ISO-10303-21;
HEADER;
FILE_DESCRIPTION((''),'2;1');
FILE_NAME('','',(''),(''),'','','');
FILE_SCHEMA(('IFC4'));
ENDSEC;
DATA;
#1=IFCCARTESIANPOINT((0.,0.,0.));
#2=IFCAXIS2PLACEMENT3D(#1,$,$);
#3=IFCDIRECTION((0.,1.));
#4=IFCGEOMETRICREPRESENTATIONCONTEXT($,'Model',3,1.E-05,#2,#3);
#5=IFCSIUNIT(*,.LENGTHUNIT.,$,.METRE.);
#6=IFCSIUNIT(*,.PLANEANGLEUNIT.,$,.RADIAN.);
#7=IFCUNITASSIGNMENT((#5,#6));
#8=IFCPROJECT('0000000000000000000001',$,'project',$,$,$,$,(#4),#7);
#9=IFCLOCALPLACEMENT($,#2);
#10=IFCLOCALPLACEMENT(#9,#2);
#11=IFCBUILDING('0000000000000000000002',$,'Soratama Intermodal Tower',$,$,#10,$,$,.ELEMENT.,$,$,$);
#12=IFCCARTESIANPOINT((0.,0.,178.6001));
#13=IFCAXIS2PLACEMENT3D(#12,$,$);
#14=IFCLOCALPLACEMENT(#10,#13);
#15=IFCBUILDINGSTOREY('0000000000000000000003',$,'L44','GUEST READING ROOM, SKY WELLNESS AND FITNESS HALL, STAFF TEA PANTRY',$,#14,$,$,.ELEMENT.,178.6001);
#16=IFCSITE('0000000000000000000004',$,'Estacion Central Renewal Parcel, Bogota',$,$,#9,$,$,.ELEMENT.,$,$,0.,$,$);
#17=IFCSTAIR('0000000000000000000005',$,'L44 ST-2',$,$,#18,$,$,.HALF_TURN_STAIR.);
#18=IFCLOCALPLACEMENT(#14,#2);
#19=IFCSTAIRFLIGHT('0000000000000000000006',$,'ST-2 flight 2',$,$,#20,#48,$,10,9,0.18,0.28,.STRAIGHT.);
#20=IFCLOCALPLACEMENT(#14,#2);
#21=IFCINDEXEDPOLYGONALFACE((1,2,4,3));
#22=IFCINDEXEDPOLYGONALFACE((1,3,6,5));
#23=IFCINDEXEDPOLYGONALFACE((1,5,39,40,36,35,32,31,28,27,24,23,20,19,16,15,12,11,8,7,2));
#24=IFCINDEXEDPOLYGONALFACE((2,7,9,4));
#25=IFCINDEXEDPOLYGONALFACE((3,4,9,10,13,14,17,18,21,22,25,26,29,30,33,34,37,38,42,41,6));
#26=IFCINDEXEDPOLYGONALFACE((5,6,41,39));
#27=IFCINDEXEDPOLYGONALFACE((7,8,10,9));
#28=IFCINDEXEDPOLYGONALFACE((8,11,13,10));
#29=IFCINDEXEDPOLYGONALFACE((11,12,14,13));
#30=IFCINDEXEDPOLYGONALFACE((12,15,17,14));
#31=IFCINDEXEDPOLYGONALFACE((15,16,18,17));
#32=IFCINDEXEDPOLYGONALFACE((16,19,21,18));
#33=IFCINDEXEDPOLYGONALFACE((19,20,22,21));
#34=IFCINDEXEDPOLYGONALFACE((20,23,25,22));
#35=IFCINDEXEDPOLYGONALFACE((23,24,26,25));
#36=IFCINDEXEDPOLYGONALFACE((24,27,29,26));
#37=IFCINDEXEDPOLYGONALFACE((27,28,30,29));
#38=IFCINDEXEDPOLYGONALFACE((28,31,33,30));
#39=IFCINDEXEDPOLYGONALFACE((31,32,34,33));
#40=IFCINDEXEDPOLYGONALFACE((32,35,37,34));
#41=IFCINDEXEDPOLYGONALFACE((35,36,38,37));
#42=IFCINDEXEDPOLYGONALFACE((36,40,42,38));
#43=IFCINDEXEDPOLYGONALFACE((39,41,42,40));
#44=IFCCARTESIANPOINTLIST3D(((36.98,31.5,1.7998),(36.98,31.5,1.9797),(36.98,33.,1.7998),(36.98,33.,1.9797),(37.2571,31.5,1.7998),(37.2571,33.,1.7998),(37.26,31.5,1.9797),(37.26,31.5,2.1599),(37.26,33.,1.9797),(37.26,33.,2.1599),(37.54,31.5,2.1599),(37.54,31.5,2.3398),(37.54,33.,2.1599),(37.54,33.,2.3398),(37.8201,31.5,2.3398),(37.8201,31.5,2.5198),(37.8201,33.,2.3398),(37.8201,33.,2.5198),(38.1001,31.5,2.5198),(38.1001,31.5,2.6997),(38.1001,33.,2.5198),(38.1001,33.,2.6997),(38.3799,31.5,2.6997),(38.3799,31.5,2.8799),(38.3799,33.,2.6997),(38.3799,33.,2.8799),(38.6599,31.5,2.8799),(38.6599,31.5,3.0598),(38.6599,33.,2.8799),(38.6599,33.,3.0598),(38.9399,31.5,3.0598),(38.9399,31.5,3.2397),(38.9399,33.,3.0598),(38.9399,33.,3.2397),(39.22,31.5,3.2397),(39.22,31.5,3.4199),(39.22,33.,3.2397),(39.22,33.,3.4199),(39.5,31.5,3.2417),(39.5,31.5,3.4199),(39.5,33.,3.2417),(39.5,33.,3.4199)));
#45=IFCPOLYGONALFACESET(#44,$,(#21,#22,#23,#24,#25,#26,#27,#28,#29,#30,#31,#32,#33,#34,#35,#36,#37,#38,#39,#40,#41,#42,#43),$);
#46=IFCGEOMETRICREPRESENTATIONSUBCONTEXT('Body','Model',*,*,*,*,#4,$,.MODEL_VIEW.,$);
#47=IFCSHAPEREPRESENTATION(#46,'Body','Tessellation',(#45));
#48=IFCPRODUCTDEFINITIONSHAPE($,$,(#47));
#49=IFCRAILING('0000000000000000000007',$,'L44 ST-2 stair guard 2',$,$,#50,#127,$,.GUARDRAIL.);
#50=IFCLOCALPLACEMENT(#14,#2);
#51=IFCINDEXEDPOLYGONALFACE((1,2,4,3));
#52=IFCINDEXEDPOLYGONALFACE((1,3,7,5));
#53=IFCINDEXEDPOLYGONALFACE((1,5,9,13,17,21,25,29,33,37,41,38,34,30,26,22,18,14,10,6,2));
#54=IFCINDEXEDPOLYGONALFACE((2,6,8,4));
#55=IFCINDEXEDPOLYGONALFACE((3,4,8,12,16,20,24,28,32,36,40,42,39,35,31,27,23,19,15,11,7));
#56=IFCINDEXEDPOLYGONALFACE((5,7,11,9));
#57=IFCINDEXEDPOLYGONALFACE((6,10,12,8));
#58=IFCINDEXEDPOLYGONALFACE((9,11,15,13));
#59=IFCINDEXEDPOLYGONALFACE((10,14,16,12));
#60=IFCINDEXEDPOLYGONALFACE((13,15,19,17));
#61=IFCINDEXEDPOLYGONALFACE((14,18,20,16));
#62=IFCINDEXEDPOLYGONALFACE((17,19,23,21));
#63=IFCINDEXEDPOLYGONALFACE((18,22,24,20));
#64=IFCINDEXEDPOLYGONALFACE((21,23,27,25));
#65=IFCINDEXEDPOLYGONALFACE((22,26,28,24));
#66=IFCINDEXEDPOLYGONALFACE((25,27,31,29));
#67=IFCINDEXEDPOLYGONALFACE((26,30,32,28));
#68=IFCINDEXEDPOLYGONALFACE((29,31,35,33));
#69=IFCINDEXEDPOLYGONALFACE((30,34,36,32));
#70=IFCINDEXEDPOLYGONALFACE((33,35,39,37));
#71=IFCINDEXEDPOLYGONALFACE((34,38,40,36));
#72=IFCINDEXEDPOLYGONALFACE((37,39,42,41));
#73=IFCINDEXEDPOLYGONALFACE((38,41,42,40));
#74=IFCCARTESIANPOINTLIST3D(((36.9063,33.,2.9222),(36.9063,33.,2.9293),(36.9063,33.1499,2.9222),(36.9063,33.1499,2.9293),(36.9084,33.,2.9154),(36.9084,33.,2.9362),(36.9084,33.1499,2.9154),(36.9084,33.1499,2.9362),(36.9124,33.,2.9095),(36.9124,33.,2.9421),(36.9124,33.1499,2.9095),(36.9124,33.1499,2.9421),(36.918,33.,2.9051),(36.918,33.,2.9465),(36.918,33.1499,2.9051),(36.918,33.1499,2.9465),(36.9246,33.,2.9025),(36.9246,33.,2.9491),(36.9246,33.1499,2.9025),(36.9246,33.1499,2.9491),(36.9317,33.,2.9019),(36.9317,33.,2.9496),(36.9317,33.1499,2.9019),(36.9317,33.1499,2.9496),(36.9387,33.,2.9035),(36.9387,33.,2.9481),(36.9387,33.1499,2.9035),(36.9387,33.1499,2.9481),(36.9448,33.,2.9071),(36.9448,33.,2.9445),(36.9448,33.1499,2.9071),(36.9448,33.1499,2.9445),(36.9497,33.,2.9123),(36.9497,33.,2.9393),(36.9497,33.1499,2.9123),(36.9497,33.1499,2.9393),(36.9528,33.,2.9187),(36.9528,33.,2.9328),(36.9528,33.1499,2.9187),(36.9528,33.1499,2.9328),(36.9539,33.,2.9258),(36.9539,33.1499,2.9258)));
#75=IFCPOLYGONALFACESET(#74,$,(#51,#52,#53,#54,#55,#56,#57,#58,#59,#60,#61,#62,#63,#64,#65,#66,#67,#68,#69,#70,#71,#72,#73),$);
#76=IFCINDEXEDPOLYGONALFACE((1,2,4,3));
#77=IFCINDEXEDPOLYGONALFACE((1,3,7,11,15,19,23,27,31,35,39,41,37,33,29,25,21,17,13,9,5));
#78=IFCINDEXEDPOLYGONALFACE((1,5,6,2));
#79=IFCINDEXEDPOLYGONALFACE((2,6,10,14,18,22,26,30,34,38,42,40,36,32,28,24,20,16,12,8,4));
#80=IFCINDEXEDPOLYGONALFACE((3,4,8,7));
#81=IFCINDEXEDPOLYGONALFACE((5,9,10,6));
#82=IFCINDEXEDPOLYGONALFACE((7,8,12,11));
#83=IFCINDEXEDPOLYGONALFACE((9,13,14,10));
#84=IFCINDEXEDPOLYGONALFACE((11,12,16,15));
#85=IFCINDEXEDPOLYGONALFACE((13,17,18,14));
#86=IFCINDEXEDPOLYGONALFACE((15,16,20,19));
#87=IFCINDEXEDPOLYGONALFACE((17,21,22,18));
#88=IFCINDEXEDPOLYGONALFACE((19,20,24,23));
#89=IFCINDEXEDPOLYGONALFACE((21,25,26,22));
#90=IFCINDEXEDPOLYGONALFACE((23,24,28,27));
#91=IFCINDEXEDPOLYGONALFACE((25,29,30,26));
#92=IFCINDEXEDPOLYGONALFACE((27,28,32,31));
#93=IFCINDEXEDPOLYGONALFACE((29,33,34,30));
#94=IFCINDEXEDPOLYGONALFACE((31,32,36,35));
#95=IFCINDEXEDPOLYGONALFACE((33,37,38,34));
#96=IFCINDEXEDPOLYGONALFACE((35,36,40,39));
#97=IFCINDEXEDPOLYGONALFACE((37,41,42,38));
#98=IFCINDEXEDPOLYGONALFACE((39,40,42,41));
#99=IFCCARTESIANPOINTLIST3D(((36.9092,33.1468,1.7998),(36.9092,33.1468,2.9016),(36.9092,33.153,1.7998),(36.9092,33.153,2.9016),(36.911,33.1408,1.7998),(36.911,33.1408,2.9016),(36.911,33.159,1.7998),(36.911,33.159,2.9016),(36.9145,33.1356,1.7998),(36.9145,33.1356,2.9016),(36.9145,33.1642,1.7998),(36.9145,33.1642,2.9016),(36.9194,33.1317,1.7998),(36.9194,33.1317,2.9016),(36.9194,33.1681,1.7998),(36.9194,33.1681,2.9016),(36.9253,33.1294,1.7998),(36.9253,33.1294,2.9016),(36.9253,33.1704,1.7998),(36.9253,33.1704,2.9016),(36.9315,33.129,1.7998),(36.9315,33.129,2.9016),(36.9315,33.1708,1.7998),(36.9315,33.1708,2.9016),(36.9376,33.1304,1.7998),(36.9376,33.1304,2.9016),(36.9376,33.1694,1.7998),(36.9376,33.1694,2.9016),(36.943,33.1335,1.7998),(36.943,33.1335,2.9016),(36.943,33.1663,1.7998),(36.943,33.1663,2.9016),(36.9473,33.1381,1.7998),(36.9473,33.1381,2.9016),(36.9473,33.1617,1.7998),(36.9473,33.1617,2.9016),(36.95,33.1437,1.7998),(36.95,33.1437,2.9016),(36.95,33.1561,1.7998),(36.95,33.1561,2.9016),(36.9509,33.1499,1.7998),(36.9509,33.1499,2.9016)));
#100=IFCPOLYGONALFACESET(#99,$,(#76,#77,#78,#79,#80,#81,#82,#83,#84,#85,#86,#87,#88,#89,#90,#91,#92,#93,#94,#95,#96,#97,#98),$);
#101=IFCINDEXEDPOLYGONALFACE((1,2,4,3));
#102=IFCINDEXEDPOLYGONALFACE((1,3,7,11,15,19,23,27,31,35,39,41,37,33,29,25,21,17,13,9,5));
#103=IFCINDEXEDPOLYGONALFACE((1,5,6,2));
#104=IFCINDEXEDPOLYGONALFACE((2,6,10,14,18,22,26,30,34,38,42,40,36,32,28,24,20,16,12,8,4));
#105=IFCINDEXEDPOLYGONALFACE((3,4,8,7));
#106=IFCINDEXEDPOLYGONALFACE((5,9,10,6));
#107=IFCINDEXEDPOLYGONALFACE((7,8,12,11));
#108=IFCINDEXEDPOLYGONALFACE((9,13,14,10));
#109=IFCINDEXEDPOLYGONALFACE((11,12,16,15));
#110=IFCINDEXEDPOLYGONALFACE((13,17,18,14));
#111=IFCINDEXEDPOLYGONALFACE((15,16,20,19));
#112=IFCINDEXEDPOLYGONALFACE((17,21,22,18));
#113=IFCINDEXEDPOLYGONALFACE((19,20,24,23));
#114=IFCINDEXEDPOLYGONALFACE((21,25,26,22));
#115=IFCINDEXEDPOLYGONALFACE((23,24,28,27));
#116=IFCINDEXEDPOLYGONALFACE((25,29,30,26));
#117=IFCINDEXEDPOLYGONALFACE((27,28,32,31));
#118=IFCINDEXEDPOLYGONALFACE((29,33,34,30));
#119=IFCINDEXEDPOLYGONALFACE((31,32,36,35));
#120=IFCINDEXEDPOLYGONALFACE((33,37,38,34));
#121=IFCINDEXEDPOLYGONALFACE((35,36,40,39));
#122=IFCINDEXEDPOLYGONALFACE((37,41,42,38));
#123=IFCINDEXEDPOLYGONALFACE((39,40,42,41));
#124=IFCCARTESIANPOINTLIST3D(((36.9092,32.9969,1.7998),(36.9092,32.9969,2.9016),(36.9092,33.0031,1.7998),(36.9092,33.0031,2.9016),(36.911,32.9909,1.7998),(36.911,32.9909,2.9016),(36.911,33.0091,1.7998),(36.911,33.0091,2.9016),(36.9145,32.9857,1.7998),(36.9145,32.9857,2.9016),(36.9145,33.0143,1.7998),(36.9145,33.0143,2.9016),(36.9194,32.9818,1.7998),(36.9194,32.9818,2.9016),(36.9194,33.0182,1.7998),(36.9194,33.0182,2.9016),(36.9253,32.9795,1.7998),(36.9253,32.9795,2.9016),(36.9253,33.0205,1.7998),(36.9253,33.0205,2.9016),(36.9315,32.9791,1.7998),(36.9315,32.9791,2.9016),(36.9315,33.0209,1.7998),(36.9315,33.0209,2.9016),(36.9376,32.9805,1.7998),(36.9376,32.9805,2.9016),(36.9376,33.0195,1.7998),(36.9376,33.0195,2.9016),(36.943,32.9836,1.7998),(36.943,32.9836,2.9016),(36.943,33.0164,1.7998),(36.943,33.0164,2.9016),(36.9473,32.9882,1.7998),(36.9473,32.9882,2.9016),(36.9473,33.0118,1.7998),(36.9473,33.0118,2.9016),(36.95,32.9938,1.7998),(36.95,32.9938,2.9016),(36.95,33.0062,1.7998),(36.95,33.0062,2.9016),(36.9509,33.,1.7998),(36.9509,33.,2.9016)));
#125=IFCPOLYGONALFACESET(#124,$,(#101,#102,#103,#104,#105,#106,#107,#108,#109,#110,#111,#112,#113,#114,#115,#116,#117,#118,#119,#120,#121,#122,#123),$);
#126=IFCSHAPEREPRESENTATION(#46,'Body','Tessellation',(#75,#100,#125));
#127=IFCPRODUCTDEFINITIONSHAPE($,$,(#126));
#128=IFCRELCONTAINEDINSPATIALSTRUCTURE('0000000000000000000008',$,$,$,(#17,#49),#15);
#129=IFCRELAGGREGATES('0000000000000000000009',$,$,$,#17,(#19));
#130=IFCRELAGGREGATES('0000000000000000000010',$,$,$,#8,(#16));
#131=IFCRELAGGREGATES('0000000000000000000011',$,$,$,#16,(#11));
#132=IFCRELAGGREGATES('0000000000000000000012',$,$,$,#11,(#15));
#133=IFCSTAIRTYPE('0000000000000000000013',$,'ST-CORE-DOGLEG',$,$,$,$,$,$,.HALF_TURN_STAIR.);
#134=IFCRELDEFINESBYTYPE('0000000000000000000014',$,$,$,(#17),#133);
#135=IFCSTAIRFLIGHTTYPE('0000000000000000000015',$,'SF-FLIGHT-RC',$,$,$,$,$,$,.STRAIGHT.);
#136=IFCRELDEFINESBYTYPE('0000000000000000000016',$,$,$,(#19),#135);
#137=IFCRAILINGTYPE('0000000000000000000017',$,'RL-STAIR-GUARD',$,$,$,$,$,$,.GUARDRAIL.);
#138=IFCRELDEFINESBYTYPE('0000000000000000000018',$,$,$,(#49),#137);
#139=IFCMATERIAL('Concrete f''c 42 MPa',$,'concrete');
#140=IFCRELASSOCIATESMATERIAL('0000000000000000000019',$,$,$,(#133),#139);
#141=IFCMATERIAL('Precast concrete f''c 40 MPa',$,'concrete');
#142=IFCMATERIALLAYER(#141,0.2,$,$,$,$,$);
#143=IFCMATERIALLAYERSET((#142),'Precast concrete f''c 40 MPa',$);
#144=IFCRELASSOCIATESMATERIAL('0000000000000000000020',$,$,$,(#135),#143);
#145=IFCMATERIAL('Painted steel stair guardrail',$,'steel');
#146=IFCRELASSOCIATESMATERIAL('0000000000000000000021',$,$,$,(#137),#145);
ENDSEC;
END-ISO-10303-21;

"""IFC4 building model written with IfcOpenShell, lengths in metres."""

from ifc_helpers import new_model, si_unit, direction, frame, origin, origin_2d, place, context, subcontext, project, spatial, polyline, circle, outline, extrude, material, layer, layer_set, type_object, element, aggregate, save


model = new_model("IFC4")

# Units and contexts
model_context = context("Model", 3, precision=1e-05, world=origin(), true_north=direction((0.0, 1.0)))
body_context = subcontext(model_context, "Body", "Model", "MODEL_VIEW")
ifc_project = project(units=[si_unit("LENGTHUNIT", "METRE"), si_unit("PLANEANGLEUNIT", "RADIAN")], contexts=[model_context])

# Site, building, storey
site_placement = place(None, origin())
site = spatial("IfcSite", under=ifc_project, at=site_placement, Name="Estacion Central Renewal Parcel, Bogota", CompositionType="ELEMENT", RefElevation=0.0)
building_placement = place(site_placement, origin())
building = spatial("IfcBuilding", under=site, at=building_placement, Name="Soratama Intermodal Tower", CompositionType="ELEMENT")
storey_placement = place(building_placement, frame((0.0, 0.0, 178.6001)))
storey = spatial("IfcBuildingStorey", under=building, at=storey_placement, Name="L44", Description="GUEST READING ROOM, SKY WELLNESS AND FITNESS HALL, STAFF TEA PANTRY", CompositionType="ELEMENT", Elevation=178.6001)

# Stair, stair flight
ifc_material_1 = material(Name="Concrete f'c 42 MPa", Category="concrete")
stair_type = type_object("IfcStairType", Name="ST-CORE-DOGLEG", PredefinedType="HALF_TURN_STAIR", material=ifc_material_1)
stair_placement = place(storey_placement, origin())
stair = element("IfcStair", 1, at=stair_placement, inside=storey, type_object=stair_type, Name="L44 ST-2", PredefinedType="HALF_TURN_STAIR")
ifc_material_2 = material(Name="Precast concrete f'c 40 MPa", Category="concrete")
ifc_layer_1 = layer(ifc_material_2, 0.2)
ifc_layer_set_1 = layer_set([ifc_layer_1], Name="Precast concrete f'c 40 MPa")
stair_flight_type = type_object("IfcStairFlightType", Name="SF-FLIGHT-RC", PredefinedType="STRAIGHT", material=ifc_layer_set_1)
stair_flight_placement = place(storey_placement, frame((36.98, 32.25, 1.7998), z_axis=(0.0, 0.0, 1.0), x_axis=(1.0, 0.0, 0.0)))
stair_flight = element("IfcStairFlight", 2, at=stair_flight_placement, type_object=stair_flight_type, Name="ST-2 flight 2", NumberOfRisers=10, NumberOfTreads=9, PredefinedType="STRAIGHT", RiserHeight=0.18, TreadLength=0.28, context=body_context, shape_type="SweptSolid", body=[
    extrude(outline(polyline([(0.0, 0.0), (0.0, 0.1799), (0.28, 0.1799), (0.28, 0.3601), (0.5601, 0.3601), (0.5601, 0.54), (0.8401, 0.54), (0.8401, 0.72), (1.1201, 0.72), (1.1201, 0.8999), (1.3999, 0.8999), (1.3999, 1.0801), (1.6799, 1.0801), (1.6799, 1.26), (1.96, 1.26), (1.96, 1.4399), (2.24, 1.4399), (2.24, 1.6201), (2.52, 1.6201), (2.52, 1.8), (2.52, 1.4419), (0.2771, 0.0), (0.0, 0.0)])), frame((0.0, 0.75, 0.0), z_axis=(0.0, -1.0, 0.0), x_axis=(1.0, 0.0, 0.0)), (0.0, 0.0, 1.0), 1.5),
])
aggregate(stair, [stair_flight])

# Railing
ifc_material_3 = material(Name="Painted steel stair guardrail", Category="steel")
railing_type_1 = type_object("IfcRailingType", Name="RL-STAIR-GUARD", PredefinedType="GUARDRAIL", material=ifc_material_3)
railing_1_placement = place(storey_placement, frame((36.9299, 33.1499, 1.7998)))
element("IfcRailing", 3, at=railing_1_placement, inside=storey, type_object=railing_type_1, Name="L44 ST-2 stair guard 2", PredefinedType="GUARDRAIL", context=body_context, shape_type="SweptSolid", body=[
    extrude(circle(Radius=0.0239, at=origin_2d()), frame((0.0, 0.0, 1.126), z_axis=(0.0, -1.0, 0.0), x_axis=(1.0, 0.0, 0.0)), (0.0, 0.0, 1.0), 0.1499),
    extrude(circle(Radius=0.021, at=origin_2d()), origin(), (0.0, 0.0, 1.0), 1.1018),
    extrude(circle(Radius=0.021, at=origin_2d()), frame((0.0, -0.1499, 0.0)), (0.0, 0.0, 1.0), 1.1018),
])

save(model, "model.ifc")
